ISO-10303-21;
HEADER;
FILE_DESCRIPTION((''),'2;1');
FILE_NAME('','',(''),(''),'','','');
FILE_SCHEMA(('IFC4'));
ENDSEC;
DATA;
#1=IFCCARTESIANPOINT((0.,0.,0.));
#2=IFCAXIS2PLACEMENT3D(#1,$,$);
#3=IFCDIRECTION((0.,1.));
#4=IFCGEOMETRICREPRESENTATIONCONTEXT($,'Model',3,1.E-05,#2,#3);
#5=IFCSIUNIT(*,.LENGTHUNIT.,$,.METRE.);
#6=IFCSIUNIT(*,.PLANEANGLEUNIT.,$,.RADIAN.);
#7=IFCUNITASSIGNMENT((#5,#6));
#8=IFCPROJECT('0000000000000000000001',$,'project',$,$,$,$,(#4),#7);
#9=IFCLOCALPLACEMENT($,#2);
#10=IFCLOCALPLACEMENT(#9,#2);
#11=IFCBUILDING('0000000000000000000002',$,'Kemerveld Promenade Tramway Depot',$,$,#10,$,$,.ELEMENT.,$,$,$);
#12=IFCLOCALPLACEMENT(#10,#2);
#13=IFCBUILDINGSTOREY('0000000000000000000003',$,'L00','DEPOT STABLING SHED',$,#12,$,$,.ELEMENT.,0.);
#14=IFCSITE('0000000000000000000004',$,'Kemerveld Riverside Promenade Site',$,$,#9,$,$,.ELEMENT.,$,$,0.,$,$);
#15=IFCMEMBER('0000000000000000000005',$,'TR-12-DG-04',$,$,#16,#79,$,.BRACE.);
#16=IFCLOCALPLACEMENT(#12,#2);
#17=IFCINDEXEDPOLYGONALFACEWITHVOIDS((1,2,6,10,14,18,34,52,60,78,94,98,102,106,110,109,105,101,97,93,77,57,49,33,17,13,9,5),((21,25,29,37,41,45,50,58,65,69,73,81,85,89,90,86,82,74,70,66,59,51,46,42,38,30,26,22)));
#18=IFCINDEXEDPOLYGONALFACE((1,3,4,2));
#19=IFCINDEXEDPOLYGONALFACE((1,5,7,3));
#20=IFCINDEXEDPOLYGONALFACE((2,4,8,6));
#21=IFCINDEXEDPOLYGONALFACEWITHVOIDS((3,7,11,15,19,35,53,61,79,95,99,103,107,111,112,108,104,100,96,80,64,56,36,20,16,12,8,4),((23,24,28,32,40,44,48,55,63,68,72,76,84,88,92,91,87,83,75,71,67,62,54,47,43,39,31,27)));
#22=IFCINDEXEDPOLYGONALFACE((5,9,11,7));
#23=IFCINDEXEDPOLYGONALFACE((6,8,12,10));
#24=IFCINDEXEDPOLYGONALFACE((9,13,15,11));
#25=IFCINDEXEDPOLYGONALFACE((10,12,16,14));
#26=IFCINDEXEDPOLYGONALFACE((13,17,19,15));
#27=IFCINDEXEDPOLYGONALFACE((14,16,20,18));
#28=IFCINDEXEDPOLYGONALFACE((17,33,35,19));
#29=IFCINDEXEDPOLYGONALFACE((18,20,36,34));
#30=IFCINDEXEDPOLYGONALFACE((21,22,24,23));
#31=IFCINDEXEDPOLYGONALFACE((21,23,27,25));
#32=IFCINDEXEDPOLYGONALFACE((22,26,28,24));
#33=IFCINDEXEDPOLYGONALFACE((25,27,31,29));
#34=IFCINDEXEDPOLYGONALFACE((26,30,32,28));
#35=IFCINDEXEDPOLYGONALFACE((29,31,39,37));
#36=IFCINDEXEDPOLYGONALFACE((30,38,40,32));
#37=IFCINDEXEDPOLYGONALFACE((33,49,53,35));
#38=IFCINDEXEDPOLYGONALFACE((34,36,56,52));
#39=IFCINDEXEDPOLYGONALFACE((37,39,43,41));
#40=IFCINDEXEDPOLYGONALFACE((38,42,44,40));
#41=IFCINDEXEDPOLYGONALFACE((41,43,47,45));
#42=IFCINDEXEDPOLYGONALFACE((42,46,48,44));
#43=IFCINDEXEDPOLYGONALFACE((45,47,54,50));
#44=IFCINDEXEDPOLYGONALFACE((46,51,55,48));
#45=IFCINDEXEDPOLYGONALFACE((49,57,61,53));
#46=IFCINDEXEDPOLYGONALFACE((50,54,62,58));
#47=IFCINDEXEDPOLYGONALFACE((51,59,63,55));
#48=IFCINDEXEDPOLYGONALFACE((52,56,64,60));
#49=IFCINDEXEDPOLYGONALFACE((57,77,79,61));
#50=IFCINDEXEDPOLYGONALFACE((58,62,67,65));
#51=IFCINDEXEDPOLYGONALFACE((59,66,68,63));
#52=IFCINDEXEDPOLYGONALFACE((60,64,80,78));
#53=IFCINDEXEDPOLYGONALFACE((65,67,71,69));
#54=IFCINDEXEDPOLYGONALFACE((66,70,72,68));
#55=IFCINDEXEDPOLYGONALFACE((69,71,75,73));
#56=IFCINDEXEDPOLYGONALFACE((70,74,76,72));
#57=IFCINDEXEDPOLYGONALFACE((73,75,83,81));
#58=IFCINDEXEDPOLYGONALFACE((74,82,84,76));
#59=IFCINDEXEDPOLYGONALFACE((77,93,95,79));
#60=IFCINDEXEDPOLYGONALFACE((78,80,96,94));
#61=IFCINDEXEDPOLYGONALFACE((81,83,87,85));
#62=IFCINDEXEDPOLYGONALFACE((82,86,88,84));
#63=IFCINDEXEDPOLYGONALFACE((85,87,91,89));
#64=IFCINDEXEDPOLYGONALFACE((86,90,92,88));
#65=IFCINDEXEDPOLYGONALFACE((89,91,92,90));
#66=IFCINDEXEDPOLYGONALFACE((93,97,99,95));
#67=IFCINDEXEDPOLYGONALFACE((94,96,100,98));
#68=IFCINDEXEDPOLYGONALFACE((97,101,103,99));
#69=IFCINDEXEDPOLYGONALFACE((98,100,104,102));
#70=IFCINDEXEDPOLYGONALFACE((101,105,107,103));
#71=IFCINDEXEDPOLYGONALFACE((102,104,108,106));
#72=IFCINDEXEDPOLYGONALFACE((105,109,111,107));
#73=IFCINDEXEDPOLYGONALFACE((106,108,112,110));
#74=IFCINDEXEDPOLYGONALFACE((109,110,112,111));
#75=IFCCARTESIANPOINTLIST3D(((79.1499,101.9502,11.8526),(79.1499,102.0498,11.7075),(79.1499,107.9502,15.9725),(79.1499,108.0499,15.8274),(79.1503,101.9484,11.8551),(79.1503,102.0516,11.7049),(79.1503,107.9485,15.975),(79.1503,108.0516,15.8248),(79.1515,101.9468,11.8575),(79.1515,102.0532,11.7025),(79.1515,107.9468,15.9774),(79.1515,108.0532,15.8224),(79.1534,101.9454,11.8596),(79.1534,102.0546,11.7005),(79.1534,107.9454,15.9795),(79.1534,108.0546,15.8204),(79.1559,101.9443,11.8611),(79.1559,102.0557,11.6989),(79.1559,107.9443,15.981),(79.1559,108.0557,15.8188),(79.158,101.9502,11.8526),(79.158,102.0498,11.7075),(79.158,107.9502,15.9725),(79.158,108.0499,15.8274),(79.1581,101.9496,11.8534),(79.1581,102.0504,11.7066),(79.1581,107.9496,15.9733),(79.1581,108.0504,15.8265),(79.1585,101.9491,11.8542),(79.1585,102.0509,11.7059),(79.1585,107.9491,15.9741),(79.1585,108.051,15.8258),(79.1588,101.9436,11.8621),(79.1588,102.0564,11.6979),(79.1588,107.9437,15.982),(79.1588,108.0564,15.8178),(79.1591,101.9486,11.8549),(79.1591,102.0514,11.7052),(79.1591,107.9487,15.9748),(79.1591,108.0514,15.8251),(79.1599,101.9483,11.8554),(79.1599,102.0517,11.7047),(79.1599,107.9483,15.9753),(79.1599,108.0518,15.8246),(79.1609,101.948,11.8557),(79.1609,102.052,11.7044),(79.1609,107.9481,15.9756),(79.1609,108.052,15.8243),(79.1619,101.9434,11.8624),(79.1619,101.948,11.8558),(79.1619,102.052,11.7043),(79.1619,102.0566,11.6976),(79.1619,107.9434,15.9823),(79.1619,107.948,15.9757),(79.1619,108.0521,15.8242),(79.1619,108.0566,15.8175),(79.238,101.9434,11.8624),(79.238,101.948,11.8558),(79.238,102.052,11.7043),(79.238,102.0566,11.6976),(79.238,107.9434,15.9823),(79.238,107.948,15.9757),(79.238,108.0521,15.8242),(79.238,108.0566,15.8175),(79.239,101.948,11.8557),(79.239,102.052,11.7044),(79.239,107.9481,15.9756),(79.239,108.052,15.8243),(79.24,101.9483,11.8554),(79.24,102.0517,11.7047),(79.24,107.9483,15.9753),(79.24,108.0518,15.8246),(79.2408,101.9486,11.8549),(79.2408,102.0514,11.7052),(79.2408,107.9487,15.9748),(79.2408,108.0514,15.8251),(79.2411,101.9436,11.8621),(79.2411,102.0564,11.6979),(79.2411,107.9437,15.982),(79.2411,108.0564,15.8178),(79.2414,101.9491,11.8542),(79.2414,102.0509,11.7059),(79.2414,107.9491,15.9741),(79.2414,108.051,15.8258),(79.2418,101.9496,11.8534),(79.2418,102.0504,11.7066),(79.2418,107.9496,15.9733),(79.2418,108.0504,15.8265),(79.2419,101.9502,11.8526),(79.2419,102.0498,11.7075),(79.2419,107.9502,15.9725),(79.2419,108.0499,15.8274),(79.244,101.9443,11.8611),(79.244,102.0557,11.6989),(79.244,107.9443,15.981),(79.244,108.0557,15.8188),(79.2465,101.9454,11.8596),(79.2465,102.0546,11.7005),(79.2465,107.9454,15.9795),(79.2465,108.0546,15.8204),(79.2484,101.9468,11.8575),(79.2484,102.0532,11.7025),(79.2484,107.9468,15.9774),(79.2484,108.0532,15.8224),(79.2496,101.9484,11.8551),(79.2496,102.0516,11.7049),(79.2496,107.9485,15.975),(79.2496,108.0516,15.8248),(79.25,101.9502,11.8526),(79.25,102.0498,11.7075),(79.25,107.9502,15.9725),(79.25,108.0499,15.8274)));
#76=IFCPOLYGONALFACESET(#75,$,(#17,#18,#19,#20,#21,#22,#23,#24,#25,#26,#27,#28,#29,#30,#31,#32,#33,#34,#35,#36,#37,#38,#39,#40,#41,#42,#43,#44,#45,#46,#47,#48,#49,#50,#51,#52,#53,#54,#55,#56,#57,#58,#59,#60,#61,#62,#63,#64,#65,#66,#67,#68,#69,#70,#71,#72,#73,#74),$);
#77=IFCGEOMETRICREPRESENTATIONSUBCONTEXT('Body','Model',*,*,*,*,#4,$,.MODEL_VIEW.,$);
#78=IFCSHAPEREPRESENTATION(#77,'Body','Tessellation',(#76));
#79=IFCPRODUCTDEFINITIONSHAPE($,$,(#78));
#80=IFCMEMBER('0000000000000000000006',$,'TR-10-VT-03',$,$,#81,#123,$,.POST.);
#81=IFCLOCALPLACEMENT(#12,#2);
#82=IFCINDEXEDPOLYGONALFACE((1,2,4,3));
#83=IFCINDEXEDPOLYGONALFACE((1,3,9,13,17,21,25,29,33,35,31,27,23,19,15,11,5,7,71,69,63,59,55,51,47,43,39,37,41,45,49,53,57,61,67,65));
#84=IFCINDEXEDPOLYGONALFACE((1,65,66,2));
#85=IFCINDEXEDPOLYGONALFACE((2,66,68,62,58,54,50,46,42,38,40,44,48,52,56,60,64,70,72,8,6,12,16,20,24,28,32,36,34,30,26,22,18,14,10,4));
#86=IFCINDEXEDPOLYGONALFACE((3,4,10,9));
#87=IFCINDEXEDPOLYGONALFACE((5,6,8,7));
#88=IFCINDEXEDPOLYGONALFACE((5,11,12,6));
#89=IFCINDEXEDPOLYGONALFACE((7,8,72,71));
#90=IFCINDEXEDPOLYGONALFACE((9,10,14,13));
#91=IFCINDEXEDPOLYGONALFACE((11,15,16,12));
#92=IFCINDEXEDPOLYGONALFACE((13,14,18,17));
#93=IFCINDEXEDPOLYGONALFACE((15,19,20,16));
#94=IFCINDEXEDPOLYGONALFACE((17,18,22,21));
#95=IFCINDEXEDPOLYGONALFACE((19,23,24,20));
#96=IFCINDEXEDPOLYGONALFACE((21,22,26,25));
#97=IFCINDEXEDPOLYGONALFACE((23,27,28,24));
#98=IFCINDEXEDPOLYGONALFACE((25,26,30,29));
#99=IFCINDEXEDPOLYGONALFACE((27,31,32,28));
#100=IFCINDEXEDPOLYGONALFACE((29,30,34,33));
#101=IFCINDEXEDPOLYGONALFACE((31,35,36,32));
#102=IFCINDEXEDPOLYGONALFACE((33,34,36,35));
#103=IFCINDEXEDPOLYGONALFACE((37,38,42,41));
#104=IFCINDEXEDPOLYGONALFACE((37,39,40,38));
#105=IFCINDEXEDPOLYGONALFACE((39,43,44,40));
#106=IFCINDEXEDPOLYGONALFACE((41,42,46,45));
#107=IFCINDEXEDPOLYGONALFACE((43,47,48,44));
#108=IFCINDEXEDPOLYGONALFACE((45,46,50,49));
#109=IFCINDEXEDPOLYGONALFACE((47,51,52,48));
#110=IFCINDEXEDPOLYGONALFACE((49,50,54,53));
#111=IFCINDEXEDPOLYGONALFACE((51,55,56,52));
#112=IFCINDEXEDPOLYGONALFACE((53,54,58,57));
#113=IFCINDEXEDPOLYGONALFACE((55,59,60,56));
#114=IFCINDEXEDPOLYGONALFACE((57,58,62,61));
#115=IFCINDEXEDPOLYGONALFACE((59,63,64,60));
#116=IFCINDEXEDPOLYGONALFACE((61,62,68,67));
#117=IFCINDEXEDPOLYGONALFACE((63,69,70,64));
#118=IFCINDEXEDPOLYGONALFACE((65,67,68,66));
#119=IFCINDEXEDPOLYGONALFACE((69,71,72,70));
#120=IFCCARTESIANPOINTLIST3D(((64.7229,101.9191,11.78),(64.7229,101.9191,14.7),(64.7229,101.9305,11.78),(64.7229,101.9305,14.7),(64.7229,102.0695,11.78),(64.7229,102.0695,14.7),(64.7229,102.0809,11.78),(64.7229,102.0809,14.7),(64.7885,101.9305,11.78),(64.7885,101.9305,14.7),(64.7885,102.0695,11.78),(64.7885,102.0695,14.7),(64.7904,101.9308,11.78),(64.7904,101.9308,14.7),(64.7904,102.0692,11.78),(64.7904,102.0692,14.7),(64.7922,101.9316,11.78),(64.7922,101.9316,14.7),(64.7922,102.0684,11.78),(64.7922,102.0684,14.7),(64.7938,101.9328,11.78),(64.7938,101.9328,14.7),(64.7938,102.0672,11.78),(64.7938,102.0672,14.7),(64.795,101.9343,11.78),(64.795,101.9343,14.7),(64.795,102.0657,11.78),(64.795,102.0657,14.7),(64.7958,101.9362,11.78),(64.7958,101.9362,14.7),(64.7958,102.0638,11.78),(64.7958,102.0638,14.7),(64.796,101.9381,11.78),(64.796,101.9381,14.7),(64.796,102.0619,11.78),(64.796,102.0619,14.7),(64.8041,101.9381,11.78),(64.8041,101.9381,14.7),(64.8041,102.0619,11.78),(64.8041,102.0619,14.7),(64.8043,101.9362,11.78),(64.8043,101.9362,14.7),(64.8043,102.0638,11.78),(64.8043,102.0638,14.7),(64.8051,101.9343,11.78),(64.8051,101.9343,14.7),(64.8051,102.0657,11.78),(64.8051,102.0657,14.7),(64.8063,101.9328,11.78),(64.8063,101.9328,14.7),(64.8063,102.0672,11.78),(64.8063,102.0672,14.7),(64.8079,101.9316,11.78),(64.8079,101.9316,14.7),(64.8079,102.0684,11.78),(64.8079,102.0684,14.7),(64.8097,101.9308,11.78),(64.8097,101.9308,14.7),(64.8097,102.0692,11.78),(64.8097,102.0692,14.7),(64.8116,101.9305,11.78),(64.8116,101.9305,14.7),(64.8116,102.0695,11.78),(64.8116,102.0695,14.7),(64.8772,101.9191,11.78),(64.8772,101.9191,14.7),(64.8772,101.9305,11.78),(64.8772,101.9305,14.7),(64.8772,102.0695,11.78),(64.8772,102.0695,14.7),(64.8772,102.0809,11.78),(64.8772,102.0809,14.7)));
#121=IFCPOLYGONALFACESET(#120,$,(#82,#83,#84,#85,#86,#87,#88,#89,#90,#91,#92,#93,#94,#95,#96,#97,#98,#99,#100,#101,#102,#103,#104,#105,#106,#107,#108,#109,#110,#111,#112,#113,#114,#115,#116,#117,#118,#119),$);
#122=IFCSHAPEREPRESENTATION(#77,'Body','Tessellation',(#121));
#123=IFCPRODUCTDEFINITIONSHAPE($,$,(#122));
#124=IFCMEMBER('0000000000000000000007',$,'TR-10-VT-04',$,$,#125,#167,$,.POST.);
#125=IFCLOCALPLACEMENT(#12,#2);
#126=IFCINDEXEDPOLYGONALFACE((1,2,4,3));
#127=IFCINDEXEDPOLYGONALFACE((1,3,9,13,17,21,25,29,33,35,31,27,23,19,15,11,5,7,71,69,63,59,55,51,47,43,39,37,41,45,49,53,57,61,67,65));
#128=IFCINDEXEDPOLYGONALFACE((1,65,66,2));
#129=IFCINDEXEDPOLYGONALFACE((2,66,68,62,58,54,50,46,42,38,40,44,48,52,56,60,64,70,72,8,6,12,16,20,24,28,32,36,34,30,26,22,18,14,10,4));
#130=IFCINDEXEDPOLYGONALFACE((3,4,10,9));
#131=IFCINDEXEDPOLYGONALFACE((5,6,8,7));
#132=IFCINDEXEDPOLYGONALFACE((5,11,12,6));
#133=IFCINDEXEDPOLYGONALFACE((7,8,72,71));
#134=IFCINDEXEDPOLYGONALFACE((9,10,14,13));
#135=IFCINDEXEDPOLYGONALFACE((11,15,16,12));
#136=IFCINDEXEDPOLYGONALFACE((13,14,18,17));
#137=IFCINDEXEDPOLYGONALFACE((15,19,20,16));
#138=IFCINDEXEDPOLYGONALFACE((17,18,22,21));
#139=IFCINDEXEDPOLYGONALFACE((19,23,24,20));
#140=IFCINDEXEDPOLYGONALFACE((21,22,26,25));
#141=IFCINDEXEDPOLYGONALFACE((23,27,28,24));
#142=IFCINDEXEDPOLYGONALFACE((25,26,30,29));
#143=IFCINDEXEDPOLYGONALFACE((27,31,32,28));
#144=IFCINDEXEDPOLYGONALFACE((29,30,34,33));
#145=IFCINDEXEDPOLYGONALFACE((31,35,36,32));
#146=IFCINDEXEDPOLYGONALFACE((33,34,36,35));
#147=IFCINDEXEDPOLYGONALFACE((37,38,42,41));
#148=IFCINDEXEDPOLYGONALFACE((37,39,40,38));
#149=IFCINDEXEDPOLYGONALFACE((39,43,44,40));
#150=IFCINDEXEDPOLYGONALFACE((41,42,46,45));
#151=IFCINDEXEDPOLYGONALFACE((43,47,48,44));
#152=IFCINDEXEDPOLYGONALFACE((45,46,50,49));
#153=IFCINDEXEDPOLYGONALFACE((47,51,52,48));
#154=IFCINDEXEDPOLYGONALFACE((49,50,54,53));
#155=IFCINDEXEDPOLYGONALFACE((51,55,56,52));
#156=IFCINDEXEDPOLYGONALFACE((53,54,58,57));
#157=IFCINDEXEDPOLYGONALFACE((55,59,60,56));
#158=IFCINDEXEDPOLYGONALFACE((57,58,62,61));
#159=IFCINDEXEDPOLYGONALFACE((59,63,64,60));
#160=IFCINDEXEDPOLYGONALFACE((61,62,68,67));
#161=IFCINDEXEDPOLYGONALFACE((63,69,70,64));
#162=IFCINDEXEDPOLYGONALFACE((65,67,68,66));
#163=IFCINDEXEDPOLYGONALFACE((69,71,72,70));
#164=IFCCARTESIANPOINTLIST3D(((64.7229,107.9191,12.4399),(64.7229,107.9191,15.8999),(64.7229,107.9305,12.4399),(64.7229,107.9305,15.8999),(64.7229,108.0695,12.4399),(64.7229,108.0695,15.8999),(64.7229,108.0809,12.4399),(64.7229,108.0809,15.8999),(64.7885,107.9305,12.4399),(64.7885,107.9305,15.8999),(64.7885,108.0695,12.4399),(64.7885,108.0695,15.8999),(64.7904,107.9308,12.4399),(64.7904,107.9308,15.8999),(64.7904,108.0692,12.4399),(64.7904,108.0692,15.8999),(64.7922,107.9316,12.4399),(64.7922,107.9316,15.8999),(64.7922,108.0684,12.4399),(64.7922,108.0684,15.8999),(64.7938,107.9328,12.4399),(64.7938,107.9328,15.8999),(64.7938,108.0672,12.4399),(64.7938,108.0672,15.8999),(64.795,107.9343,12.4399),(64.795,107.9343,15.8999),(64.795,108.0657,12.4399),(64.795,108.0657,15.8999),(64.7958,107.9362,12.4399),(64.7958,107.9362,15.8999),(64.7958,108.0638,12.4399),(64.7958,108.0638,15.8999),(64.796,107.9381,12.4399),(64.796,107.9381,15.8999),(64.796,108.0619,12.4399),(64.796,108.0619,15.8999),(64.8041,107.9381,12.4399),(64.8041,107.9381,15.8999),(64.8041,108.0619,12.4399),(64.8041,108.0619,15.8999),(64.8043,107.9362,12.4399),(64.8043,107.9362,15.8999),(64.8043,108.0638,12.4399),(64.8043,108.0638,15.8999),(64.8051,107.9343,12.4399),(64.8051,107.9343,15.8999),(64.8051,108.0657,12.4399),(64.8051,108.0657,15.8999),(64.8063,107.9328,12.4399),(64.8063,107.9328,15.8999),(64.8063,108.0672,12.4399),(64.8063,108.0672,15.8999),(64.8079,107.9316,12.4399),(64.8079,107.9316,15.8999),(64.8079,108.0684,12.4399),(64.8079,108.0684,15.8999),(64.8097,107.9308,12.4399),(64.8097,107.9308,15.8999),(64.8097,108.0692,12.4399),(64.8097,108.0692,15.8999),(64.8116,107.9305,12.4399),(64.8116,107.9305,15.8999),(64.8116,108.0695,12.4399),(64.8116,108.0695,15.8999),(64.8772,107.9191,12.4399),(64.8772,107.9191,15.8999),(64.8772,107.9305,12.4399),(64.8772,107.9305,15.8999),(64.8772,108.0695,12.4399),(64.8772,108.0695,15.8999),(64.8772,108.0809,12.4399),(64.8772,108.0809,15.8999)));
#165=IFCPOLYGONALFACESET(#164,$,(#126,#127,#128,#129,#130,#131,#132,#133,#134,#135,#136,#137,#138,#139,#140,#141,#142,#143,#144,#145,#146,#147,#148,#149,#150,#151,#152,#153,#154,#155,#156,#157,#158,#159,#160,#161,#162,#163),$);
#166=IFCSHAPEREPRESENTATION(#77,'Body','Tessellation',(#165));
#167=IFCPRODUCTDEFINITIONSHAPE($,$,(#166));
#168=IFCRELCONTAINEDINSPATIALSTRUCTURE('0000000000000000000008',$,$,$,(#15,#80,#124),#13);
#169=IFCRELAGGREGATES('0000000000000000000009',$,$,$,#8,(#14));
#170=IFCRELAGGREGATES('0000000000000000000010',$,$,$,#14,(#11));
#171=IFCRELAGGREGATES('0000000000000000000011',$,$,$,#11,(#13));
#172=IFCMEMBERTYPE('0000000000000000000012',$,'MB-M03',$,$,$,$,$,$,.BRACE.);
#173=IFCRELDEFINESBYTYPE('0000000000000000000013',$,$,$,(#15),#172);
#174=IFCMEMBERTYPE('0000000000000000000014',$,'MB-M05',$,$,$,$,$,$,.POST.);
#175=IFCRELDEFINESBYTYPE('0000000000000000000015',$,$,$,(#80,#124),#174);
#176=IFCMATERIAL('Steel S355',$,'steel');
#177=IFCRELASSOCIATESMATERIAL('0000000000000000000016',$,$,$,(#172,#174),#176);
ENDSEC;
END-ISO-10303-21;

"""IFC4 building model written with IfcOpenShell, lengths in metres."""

from ifc_helpers import new_model, si_unit, direction, frame, origin, origin_2d, place, context, subcontext, project, spatial, hollow_rectangle, i_section, extrude, material, material_profile, profile_set, type_object, element, save


model = new_model("IFC4")

# Units and contexts
model_context = context("Model", 3, precision=1e-05, world=origin(), true_north=direction((0.0, 1.0)))
body_context = subcontext(model_context, "Body", "Model", "MODEL_VIEW")
ifc_project = project(units=[si_unit("LENGTHUNIT", "METRE"), si_unit("PLANEANGLEUNIT", "RADIAN")], contexts=[model_context])

# Site, building, storey
site_placement = place(None, origin())
site = spatial("IfcSite", under=ifc_project, at=site_placement, Name="Kemerveld Riverside Promenade Site", CompositionType="ELEMENT", RefElevation=0.0)
building_placement = place(site_placement, origin())
building = spatial("IfcBuilding", under=site, at=building_placement, Name="Kemerveld Promenade Tramway Depot", CompositionType="ELEMENT")
storey_placement = place(building_placement, origin())
storey = spatial("IfcBuildingStorey", under=building, at=storey_placement, Name="L00", Description="DEPOT STABLING SHED", CompositionType="ELEMENT", Elevation=0.0)

# Members
ifc_material_1 = material(Name="Steel S355", Category="steel")
ifc_material_profile_1 = material_profile(ifc_material_1, hollow_rectangle(XDim=0.1001, YDim=0.2, WallThickness=0.0081, InnerFilletRadius=0.0039, OuterFilletRadius=0.012, at=origin_2d()), Name="200x100x8.0 RHS")
ifc_profile_set_1 = profile_set([ifc_material_profile_1], Name="Steel S355")
member_type_1 = type_object("IfcMemberType", Name="MB-M03", PredefinedType="BRACE", material=ifc_profile_set_1)
member_1_placement = place(storey_placement, frame((79.2, 102.0, 11.78), z_axis=(0.0, 0.824371, 0.56605), x_axis=(-1.0, 0.0, 0.0)))
element("IfcMember", 1, at=member_1_placement, inside=storey, type_object=member_type_1, Name="TR-12-DG-04", PredefinedType="BRACE", context=body_context, shape_type="SweptSolid", body=[
    extrude(hollow_rectangle(XDim=0.1001, YDim=0.2, WallThickness=0.0081, InnerFilletRadius=0.0039, OuterFilletRadius=0.012, at=origin_2d()), origin(), (0.0, 0.0, 1.0), 7.2783),
])
ifc_material_profile_2 = material_profile(ifc_material_1, i_section(OverallWidth=0.1543, OverallDepth=0.1619, WebThickness=0.0081, FlangeThickness=0.0115, FilletRadius=0.0076, at=origin_2d()), Name="152x152x37 UC")
ifc_profile_set_2 = profile_set([ifc_material_profile_2], Name="Steel S355")
member_type_2 = type_object("IfcMemberType", Name="MB-M05", PredefinedType="POST", material=ifc_profile_set_2)
member_2_placement = place(storey_placement, frame((64.8, 102.0, 11.78), z_axis=(0.0, 0.0, 1.0), x_axis=(1.0, 0.0, 0.0)))
element("IfcMember", 2, at=member_2_placement, inside=storey, type_object=member_type_2, Name="TR-10-VT-03", PredefinedType="POST", context=body_context, shape_type="SweptSolid", body=[
    extrude(i_section(OverallWidth=0.1543, OverallDepth=0.1619, WebThickness=0.0081, FlangeThickness=0.0115, FilletRadius=0.0076, at=origin_2d()), origin(), (0.0, 0.0, 1.0), 2.9199),
])
member_3_placement = place(storey_placement, frame((64.8, 108.0, 12.4399), z_axis=(0.0, 0.0, 1.0), x_axis=(1.0, 0.0, 0.0)))
element("IfcMember", 3, at=member_3_placement, inside=storey, type_object=member_type_2, Name="TR-10-VT-04", PredefinedType="POST", context=body_context, shape_type="SweptSolid", body=[
    extrude(i_section(OverallWidth=0.1543, OverallDepth=0.1619, WebThickness=0.0081, FlangeThickness=0.0115, FilletRadius=0.0076, at=origin_2d()), origin(), (0.0, 0.0, 1.0), 3.46),
])

save(model, "model.ifc")
